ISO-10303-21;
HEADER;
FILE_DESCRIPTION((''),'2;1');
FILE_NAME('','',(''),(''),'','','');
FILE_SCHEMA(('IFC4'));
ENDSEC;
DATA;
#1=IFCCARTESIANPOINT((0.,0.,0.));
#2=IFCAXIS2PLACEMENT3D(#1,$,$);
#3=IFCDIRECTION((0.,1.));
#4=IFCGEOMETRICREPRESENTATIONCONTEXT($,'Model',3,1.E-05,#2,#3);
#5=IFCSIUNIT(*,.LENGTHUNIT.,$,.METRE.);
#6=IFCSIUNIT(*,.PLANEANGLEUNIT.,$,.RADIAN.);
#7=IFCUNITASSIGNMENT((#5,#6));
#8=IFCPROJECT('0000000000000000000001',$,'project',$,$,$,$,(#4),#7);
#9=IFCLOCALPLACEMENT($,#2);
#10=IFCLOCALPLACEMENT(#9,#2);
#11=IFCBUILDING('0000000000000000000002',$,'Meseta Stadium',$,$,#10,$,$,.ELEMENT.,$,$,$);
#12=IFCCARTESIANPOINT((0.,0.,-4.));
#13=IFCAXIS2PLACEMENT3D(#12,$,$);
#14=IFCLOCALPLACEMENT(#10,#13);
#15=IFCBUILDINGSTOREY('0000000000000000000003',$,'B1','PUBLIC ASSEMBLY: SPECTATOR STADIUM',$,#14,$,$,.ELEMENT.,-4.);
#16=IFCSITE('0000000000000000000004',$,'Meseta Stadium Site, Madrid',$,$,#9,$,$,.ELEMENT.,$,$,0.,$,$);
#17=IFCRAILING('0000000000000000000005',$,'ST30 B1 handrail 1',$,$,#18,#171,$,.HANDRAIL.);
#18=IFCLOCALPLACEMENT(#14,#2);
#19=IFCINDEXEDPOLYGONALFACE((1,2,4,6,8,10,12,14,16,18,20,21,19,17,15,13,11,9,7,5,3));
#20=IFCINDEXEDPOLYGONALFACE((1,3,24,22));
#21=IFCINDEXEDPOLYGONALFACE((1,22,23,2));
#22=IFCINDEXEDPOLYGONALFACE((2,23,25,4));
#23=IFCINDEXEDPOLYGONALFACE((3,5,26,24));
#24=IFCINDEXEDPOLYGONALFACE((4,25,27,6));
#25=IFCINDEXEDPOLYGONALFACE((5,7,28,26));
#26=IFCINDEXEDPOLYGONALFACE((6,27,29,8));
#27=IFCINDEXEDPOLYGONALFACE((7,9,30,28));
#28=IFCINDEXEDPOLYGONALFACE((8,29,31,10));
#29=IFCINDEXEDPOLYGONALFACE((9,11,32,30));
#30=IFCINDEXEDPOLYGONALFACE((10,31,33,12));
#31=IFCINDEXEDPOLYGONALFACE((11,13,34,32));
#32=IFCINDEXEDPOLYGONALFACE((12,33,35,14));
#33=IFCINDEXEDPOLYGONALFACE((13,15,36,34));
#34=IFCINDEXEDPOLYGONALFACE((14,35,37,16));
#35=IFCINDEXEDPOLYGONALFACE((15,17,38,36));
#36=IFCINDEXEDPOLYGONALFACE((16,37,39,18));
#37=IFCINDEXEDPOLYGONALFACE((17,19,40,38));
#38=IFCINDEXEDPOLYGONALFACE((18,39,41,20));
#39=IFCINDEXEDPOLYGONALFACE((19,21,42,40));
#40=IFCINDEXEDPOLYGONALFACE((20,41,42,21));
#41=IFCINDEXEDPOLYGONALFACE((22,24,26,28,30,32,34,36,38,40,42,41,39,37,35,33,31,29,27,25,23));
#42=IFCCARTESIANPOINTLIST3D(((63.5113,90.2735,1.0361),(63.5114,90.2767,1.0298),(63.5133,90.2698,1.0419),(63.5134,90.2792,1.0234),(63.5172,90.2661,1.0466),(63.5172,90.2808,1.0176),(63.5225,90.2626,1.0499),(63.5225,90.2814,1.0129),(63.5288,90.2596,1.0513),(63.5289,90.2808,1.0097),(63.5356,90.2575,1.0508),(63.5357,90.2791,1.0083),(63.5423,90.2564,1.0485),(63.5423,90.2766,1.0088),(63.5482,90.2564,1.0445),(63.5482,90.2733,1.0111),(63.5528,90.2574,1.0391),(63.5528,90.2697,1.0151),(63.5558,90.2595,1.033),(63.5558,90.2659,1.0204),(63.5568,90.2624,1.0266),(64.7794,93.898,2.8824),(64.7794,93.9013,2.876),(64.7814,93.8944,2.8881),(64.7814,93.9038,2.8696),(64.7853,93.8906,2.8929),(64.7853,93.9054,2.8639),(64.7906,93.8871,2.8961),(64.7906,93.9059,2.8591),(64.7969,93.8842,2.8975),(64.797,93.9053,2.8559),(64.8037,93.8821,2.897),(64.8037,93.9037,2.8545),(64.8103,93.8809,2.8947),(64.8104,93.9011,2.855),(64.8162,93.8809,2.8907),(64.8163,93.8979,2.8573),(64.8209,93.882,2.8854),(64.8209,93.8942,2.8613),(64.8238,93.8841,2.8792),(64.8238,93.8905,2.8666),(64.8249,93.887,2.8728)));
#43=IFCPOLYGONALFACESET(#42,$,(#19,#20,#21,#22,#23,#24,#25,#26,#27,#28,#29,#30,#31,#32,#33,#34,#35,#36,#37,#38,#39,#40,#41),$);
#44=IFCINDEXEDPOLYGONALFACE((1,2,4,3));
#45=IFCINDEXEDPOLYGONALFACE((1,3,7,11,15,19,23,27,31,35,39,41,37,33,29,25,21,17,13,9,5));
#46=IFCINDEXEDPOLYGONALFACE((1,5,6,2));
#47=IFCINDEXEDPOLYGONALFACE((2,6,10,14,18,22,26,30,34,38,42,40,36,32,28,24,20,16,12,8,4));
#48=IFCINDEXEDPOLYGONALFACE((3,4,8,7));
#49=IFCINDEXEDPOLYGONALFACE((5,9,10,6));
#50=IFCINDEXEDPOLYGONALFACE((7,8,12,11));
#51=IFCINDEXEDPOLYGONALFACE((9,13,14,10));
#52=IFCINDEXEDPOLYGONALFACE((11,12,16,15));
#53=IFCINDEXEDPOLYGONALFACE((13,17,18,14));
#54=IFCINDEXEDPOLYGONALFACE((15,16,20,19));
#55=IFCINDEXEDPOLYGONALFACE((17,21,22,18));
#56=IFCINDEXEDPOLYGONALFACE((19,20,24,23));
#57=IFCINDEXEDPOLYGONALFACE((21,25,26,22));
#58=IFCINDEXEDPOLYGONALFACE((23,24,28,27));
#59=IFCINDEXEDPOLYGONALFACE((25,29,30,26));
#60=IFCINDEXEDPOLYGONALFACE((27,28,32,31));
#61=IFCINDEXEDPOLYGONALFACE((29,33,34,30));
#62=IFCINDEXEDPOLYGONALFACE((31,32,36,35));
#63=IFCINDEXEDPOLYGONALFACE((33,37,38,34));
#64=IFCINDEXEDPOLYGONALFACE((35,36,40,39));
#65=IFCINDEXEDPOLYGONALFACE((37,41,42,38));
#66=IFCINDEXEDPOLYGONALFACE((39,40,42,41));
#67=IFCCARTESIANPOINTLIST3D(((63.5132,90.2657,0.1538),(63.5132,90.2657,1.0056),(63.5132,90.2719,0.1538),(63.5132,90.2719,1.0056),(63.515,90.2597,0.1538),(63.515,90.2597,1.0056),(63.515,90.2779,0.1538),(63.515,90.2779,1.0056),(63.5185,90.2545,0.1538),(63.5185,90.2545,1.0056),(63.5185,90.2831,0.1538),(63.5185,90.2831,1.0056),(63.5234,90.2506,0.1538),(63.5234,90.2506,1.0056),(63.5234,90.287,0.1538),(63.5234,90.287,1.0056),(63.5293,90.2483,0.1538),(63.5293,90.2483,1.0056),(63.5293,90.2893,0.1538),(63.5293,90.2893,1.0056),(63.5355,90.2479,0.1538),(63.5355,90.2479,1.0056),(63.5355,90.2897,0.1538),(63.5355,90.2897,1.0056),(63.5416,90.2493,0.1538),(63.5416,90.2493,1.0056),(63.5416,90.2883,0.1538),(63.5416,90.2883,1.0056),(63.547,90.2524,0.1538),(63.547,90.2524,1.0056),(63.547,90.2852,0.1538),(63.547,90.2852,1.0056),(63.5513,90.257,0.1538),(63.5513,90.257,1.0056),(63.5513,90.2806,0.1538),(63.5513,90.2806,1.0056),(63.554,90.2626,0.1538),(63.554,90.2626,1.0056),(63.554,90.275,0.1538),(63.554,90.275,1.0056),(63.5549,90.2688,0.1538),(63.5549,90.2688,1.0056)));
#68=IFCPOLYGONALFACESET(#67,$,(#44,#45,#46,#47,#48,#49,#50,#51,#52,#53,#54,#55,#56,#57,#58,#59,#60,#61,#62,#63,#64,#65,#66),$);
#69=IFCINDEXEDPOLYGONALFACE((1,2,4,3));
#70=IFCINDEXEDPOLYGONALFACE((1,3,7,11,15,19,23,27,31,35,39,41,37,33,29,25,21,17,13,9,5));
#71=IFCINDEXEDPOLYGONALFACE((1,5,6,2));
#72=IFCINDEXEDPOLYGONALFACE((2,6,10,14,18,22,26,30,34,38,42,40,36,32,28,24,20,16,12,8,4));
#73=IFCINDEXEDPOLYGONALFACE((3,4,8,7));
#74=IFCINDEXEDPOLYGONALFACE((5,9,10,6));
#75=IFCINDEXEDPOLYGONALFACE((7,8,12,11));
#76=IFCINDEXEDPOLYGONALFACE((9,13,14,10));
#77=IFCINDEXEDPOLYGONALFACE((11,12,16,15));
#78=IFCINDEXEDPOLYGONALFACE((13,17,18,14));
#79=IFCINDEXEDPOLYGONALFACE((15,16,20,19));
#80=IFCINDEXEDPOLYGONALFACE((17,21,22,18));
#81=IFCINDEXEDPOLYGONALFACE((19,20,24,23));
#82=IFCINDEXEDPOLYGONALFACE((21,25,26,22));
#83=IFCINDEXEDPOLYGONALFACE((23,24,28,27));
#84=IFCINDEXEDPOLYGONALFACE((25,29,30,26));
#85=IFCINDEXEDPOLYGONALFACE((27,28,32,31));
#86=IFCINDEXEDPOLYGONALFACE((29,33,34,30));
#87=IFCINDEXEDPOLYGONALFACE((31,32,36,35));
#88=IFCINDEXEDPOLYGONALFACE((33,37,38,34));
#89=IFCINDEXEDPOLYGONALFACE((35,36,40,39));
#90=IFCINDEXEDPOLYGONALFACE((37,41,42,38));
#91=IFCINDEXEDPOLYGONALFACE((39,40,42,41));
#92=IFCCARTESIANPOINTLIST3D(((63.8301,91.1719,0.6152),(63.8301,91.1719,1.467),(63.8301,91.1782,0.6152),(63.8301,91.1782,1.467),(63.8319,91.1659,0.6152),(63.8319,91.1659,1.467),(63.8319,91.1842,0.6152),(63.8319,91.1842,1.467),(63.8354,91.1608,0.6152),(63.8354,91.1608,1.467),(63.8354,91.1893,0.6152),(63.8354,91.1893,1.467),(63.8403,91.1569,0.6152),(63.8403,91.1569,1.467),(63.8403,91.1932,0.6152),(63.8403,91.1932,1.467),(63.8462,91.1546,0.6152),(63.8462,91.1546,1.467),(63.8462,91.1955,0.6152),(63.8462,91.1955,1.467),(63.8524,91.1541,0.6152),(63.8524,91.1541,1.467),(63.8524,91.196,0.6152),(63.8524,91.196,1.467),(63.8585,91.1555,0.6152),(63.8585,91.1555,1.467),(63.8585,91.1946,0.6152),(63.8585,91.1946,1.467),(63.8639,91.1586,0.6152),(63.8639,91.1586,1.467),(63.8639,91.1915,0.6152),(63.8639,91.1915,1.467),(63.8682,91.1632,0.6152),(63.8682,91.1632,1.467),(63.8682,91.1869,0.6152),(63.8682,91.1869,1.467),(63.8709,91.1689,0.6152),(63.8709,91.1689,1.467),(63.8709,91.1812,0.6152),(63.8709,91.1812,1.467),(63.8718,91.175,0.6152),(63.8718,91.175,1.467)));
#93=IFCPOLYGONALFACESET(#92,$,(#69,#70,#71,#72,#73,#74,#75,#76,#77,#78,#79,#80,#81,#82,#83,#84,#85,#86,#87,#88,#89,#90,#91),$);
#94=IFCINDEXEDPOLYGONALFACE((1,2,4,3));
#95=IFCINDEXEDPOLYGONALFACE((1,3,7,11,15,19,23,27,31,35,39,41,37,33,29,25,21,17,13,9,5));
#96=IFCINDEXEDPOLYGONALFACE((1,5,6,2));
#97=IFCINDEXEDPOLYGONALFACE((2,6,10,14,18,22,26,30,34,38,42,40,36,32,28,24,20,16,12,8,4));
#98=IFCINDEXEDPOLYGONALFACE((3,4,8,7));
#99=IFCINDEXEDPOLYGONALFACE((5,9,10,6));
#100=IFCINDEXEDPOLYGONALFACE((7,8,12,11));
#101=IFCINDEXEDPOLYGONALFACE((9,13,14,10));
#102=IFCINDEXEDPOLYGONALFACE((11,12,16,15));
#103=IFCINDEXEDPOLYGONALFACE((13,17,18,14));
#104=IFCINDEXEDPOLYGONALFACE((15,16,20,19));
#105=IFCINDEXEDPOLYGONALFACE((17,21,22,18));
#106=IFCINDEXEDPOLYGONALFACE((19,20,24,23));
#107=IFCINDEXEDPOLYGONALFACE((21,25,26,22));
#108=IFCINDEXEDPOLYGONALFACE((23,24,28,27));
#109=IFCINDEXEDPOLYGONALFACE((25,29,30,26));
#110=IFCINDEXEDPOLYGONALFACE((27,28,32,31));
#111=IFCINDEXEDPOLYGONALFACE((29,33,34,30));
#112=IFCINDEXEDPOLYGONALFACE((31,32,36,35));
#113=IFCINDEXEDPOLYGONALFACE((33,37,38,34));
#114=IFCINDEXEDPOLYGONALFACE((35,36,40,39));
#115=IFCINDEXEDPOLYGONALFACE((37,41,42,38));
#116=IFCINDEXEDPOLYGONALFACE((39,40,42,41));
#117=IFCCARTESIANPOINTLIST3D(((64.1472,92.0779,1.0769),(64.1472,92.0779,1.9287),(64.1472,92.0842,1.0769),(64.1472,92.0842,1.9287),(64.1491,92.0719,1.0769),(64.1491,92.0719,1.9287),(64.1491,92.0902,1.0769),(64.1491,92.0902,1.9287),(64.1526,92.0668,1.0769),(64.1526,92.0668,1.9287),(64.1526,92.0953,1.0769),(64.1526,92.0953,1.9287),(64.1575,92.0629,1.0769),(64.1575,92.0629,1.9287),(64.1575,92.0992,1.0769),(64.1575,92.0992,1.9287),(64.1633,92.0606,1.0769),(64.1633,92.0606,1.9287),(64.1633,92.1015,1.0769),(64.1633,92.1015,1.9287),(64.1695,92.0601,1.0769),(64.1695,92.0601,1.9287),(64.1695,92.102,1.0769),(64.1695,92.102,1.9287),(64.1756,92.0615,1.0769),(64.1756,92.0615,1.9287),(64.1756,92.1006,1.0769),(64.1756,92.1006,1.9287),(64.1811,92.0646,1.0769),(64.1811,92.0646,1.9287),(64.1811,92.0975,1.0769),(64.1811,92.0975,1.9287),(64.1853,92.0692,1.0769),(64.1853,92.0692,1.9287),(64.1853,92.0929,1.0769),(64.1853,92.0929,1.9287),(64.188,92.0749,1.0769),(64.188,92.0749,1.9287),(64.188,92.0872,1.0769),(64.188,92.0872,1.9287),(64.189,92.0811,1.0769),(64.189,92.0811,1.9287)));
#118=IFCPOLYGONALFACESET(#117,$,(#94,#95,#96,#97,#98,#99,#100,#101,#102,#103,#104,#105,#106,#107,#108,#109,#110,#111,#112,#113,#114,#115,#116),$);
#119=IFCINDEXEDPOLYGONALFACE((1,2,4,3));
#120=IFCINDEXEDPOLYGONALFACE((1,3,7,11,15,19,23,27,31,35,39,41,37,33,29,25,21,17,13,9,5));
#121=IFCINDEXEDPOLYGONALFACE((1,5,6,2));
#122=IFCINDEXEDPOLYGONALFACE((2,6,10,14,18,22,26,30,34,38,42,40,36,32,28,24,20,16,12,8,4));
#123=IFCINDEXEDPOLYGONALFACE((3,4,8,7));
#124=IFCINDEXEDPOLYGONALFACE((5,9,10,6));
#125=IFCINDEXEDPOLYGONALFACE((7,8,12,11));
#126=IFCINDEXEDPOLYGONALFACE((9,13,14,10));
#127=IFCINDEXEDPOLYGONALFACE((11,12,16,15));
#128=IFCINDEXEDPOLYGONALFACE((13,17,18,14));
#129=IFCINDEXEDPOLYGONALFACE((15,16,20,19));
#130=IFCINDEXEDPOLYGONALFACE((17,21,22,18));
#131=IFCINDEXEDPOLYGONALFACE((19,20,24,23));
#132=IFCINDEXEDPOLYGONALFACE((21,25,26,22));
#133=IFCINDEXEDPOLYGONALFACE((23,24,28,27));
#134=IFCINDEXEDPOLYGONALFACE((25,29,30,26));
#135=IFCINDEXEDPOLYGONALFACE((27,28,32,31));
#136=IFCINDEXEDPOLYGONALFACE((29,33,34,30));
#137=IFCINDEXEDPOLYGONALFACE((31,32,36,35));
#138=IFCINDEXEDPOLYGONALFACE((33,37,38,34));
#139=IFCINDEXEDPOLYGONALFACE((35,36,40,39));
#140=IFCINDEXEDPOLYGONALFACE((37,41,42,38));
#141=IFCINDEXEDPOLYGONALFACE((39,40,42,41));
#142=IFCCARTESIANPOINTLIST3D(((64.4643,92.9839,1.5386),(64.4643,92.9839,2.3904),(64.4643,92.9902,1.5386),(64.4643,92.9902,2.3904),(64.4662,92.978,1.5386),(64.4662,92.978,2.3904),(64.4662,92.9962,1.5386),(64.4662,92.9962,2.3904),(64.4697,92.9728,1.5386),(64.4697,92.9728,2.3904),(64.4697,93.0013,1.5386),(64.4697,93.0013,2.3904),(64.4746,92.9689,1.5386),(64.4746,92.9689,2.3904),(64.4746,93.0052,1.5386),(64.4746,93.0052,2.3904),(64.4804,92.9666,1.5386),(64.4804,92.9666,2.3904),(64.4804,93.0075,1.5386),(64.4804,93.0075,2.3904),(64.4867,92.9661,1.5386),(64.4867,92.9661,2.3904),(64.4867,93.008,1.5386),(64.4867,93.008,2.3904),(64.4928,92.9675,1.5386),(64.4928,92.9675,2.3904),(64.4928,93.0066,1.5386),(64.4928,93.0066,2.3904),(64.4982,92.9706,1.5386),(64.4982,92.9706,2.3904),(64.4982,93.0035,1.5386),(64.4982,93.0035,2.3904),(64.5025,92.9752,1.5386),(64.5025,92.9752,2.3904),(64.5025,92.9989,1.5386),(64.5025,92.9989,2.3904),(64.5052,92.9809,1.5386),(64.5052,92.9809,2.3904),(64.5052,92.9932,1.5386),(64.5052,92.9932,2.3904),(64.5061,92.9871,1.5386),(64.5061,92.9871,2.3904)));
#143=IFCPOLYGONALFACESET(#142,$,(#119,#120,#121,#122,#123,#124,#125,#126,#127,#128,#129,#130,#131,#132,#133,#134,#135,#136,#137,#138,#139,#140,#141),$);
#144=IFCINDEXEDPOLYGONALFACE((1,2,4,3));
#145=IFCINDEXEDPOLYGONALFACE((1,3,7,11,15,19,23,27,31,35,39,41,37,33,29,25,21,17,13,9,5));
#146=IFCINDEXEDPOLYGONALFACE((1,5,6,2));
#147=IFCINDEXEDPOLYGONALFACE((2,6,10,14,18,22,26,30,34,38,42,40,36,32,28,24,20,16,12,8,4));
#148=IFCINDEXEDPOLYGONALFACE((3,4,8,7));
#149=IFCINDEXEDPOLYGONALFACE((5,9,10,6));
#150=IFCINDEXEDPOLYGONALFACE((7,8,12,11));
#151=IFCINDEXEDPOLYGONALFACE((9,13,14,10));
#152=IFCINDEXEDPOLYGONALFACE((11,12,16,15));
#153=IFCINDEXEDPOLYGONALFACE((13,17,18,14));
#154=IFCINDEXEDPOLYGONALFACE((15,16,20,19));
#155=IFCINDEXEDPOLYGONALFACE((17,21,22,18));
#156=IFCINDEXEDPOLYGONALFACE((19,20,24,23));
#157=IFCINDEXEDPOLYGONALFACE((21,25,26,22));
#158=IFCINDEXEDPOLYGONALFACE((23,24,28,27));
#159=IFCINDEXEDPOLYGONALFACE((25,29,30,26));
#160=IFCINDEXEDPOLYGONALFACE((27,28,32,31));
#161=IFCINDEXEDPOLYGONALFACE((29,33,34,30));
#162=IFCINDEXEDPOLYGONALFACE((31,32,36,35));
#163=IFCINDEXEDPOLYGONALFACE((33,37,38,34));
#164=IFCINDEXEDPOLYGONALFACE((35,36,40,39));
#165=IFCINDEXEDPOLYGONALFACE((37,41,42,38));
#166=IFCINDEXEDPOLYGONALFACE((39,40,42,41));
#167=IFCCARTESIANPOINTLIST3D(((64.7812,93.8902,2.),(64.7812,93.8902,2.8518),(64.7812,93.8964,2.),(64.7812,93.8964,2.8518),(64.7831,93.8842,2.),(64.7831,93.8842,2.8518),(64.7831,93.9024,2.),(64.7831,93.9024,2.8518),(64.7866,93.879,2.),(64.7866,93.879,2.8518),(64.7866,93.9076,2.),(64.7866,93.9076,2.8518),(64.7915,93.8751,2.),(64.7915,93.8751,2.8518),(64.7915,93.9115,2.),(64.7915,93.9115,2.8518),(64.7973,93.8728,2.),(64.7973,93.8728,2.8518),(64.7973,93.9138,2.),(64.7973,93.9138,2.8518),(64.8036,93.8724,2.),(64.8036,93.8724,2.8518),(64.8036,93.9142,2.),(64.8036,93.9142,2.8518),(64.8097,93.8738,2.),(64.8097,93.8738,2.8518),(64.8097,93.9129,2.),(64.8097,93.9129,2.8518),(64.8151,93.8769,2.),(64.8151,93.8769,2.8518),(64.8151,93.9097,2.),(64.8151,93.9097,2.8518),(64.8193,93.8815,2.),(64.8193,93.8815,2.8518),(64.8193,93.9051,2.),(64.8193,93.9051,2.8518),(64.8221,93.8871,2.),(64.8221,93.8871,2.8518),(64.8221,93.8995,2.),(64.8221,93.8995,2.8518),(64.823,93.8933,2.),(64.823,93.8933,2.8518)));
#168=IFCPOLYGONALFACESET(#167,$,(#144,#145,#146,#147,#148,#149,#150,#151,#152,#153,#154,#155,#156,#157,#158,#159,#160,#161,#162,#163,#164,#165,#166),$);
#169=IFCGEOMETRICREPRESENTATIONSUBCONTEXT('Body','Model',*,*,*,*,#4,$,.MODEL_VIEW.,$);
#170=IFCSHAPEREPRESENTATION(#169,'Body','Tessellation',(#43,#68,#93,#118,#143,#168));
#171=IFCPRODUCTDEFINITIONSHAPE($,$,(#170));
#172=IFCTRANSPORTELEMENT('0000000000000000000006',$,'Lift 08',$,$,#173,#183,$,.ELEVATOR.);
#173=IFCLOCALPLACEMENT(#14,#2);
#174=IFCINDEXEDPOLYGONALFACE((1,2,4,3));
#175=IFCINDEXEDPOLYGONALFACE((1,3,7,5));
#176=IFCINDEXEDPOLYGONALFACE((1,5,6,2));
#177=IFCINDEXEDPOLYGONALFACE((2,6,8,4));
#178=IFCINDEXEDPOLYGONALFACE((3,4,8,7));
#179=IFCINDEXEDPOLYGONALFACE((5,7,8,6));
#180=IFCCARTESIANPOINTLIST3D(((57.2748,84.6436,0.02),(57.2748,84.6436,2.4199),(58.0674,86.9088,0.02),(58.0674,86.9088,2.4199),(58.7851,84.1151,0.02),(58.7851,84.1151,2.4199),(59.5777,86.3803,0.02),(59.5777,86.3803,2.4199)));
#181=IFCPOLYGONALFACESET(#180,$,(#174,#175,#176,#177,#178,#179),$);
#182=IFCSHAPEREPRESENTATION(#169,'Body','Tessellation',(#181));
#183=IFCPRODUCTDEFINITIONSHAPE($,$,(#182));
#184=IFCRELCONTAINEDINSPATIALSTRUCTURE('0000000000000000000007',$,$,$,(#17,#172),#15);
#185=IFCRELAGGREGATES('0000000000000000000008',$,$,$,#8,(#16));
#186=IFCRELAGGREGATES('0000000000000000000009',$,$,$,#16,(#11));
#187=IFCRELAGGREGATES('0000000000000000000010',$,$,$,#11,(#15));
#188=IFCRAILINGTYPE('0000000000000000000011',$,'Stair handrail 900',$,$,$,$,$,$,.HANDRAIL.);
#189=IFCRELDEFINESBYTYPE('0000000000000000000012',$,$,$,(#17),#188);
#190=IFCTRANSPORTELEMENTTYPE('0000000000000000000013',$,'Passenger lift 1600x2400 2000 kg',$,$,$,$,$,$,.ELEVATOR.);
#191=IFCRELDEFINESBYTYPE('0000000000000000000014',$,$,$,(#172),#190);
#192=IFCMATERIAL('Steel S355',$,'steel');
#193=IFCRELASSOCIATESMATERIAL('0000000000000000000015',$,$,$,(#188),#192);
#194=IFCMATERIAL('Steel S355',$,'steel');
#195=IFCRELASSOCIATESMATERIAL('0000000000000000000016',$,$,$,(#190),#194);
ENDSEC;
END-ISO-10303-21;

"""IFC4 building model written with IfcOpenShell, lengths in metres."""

from ifc_helpers import new_model, si_unit, direction, frame, origin, origin_2d, place, context, subcontext, project, spatial, rectangle, circle, extrude, material, type_object, element, save


model = new_model("IFC4")

# Units and contexts
model_context = context("Model", 3, precision=1e-05, world=origin(), true_north=direction((0.0, 1.0)))
body_context = subcontext(model_context, "Body", "Model", "MODEL_VIEW")
ifc_project = project(units=[si_unit("LENGTHUNIT", "METRE"), si_unit("PLANEANGLEUNIT", "RADIAN")], contexts=[model_context])

# Site, building, storey
site_placement = place(None, origin())
site = spatial("IfcSite", under=ifc_project, at=site_placement, Name="Meseta Stadium Site, Madrid", CompositionType="ELEMENT", RefElevation=0.0)
building_placement = place(site_placement, origin())
building = spatial("IfcBuilding", under=site, at=building_placement, Name="Meseta Stadium", CompositionType="ELEMENT")
storey_placement = place(building_placement, frame((0.0, 0.0, -4.0)))
storey = spatial("IfcBuildingStorey", under=building, at=storey_placement, Name="B1", Description="PUBLIC ASSEMBLY: SPECTATOR STADIUM", CompositionType="ELEMENT", Elevation=-4.0)

# Railing
ifc_material_1 = material(Name="Steel S355", Category="steel")
railing_type_1 = type_object("IfcRailingType", Name="Stair handrail 900", PredefinedType="HANDRAIL", material=ifc_material_1)
railing_1_placement = place(storey_placement, frame((63.5339, 90.2688, 0.1538)))
element("IfcRailing", 1, at=railing_1_placement, inside=storey, type_object=railing_type_1, Name="ST30 B1 handrail 1", PredefinedType="HANDRAIL", context=body_context, shape_type="SweptSolid", body=[
    extrude(circle(Radius=0.0239, at=origin_2d()), frame((0.0, 0.0, 0.876), z_axis=(0.29762, 0.850686, 0.433308), x_axis=(-0.9439, 0.330231, 0.0)), (0.0, 0.0, 1.0), 4.2607),
    extrude(circle(Radius=0.021, at=origin_2d()), origin(), (0.0, 0.0, 1.0), 0.8518),
    extrude(circle(Radius=0.021, at=origin_2d()), frame((0.3169, 0.9062, 0.4614)), (0.0, 0.0, 1.0), 0.8518),
    extrude(circle(Radius=0.021, at=origin_2d()), frame((0.634, 1.8123, 0.9231)), (0.0, 0.0, 1.0), 0.8518),
    extrude(circle(Radius=0.021, at=origin_2d()), frame((0.9512, 2.7183, 1.3848)), (0.0, 0.0, 1.0), 0.8518),
    extrude(circle(Radius=0.021, at=origin_2d()), frame((1.2681, 3.6245, 1.8462)), (0.0, 0.0, 1.0), 0.8518),
])

# Transport element
ifc_material_2 = material(Name="Steel S355", Category="steel")
transport_element_type = type_object("IfcTransportElementType", Name="Passenger lift 1600x2400 2000 kg", PredefinedType="ELEVATOR", material=ifc_material_2)
transport_element_placement = place(storey_placement, frame((58.4263, 85.512, 0.02), z_axis=(0.0, 0.0, 1.0), x_axis=(-0.330279, -0.943883, 0.0)))
element("IfcTransportElement", 2, at=transport_element_placement, inside=storey, type_object=transport_element_type, Name="Lift 08", PredefinedType="ELEVATOR", context=body_context, shape_type="SweptSolid", body=[
    extrude(rectangle(XDim=2.3999, YDim=1.6001, at=origin_2d()), origin(), (0.0, 0.0, 1.0), 2.3999),
])

save(model, "model.ifc")
